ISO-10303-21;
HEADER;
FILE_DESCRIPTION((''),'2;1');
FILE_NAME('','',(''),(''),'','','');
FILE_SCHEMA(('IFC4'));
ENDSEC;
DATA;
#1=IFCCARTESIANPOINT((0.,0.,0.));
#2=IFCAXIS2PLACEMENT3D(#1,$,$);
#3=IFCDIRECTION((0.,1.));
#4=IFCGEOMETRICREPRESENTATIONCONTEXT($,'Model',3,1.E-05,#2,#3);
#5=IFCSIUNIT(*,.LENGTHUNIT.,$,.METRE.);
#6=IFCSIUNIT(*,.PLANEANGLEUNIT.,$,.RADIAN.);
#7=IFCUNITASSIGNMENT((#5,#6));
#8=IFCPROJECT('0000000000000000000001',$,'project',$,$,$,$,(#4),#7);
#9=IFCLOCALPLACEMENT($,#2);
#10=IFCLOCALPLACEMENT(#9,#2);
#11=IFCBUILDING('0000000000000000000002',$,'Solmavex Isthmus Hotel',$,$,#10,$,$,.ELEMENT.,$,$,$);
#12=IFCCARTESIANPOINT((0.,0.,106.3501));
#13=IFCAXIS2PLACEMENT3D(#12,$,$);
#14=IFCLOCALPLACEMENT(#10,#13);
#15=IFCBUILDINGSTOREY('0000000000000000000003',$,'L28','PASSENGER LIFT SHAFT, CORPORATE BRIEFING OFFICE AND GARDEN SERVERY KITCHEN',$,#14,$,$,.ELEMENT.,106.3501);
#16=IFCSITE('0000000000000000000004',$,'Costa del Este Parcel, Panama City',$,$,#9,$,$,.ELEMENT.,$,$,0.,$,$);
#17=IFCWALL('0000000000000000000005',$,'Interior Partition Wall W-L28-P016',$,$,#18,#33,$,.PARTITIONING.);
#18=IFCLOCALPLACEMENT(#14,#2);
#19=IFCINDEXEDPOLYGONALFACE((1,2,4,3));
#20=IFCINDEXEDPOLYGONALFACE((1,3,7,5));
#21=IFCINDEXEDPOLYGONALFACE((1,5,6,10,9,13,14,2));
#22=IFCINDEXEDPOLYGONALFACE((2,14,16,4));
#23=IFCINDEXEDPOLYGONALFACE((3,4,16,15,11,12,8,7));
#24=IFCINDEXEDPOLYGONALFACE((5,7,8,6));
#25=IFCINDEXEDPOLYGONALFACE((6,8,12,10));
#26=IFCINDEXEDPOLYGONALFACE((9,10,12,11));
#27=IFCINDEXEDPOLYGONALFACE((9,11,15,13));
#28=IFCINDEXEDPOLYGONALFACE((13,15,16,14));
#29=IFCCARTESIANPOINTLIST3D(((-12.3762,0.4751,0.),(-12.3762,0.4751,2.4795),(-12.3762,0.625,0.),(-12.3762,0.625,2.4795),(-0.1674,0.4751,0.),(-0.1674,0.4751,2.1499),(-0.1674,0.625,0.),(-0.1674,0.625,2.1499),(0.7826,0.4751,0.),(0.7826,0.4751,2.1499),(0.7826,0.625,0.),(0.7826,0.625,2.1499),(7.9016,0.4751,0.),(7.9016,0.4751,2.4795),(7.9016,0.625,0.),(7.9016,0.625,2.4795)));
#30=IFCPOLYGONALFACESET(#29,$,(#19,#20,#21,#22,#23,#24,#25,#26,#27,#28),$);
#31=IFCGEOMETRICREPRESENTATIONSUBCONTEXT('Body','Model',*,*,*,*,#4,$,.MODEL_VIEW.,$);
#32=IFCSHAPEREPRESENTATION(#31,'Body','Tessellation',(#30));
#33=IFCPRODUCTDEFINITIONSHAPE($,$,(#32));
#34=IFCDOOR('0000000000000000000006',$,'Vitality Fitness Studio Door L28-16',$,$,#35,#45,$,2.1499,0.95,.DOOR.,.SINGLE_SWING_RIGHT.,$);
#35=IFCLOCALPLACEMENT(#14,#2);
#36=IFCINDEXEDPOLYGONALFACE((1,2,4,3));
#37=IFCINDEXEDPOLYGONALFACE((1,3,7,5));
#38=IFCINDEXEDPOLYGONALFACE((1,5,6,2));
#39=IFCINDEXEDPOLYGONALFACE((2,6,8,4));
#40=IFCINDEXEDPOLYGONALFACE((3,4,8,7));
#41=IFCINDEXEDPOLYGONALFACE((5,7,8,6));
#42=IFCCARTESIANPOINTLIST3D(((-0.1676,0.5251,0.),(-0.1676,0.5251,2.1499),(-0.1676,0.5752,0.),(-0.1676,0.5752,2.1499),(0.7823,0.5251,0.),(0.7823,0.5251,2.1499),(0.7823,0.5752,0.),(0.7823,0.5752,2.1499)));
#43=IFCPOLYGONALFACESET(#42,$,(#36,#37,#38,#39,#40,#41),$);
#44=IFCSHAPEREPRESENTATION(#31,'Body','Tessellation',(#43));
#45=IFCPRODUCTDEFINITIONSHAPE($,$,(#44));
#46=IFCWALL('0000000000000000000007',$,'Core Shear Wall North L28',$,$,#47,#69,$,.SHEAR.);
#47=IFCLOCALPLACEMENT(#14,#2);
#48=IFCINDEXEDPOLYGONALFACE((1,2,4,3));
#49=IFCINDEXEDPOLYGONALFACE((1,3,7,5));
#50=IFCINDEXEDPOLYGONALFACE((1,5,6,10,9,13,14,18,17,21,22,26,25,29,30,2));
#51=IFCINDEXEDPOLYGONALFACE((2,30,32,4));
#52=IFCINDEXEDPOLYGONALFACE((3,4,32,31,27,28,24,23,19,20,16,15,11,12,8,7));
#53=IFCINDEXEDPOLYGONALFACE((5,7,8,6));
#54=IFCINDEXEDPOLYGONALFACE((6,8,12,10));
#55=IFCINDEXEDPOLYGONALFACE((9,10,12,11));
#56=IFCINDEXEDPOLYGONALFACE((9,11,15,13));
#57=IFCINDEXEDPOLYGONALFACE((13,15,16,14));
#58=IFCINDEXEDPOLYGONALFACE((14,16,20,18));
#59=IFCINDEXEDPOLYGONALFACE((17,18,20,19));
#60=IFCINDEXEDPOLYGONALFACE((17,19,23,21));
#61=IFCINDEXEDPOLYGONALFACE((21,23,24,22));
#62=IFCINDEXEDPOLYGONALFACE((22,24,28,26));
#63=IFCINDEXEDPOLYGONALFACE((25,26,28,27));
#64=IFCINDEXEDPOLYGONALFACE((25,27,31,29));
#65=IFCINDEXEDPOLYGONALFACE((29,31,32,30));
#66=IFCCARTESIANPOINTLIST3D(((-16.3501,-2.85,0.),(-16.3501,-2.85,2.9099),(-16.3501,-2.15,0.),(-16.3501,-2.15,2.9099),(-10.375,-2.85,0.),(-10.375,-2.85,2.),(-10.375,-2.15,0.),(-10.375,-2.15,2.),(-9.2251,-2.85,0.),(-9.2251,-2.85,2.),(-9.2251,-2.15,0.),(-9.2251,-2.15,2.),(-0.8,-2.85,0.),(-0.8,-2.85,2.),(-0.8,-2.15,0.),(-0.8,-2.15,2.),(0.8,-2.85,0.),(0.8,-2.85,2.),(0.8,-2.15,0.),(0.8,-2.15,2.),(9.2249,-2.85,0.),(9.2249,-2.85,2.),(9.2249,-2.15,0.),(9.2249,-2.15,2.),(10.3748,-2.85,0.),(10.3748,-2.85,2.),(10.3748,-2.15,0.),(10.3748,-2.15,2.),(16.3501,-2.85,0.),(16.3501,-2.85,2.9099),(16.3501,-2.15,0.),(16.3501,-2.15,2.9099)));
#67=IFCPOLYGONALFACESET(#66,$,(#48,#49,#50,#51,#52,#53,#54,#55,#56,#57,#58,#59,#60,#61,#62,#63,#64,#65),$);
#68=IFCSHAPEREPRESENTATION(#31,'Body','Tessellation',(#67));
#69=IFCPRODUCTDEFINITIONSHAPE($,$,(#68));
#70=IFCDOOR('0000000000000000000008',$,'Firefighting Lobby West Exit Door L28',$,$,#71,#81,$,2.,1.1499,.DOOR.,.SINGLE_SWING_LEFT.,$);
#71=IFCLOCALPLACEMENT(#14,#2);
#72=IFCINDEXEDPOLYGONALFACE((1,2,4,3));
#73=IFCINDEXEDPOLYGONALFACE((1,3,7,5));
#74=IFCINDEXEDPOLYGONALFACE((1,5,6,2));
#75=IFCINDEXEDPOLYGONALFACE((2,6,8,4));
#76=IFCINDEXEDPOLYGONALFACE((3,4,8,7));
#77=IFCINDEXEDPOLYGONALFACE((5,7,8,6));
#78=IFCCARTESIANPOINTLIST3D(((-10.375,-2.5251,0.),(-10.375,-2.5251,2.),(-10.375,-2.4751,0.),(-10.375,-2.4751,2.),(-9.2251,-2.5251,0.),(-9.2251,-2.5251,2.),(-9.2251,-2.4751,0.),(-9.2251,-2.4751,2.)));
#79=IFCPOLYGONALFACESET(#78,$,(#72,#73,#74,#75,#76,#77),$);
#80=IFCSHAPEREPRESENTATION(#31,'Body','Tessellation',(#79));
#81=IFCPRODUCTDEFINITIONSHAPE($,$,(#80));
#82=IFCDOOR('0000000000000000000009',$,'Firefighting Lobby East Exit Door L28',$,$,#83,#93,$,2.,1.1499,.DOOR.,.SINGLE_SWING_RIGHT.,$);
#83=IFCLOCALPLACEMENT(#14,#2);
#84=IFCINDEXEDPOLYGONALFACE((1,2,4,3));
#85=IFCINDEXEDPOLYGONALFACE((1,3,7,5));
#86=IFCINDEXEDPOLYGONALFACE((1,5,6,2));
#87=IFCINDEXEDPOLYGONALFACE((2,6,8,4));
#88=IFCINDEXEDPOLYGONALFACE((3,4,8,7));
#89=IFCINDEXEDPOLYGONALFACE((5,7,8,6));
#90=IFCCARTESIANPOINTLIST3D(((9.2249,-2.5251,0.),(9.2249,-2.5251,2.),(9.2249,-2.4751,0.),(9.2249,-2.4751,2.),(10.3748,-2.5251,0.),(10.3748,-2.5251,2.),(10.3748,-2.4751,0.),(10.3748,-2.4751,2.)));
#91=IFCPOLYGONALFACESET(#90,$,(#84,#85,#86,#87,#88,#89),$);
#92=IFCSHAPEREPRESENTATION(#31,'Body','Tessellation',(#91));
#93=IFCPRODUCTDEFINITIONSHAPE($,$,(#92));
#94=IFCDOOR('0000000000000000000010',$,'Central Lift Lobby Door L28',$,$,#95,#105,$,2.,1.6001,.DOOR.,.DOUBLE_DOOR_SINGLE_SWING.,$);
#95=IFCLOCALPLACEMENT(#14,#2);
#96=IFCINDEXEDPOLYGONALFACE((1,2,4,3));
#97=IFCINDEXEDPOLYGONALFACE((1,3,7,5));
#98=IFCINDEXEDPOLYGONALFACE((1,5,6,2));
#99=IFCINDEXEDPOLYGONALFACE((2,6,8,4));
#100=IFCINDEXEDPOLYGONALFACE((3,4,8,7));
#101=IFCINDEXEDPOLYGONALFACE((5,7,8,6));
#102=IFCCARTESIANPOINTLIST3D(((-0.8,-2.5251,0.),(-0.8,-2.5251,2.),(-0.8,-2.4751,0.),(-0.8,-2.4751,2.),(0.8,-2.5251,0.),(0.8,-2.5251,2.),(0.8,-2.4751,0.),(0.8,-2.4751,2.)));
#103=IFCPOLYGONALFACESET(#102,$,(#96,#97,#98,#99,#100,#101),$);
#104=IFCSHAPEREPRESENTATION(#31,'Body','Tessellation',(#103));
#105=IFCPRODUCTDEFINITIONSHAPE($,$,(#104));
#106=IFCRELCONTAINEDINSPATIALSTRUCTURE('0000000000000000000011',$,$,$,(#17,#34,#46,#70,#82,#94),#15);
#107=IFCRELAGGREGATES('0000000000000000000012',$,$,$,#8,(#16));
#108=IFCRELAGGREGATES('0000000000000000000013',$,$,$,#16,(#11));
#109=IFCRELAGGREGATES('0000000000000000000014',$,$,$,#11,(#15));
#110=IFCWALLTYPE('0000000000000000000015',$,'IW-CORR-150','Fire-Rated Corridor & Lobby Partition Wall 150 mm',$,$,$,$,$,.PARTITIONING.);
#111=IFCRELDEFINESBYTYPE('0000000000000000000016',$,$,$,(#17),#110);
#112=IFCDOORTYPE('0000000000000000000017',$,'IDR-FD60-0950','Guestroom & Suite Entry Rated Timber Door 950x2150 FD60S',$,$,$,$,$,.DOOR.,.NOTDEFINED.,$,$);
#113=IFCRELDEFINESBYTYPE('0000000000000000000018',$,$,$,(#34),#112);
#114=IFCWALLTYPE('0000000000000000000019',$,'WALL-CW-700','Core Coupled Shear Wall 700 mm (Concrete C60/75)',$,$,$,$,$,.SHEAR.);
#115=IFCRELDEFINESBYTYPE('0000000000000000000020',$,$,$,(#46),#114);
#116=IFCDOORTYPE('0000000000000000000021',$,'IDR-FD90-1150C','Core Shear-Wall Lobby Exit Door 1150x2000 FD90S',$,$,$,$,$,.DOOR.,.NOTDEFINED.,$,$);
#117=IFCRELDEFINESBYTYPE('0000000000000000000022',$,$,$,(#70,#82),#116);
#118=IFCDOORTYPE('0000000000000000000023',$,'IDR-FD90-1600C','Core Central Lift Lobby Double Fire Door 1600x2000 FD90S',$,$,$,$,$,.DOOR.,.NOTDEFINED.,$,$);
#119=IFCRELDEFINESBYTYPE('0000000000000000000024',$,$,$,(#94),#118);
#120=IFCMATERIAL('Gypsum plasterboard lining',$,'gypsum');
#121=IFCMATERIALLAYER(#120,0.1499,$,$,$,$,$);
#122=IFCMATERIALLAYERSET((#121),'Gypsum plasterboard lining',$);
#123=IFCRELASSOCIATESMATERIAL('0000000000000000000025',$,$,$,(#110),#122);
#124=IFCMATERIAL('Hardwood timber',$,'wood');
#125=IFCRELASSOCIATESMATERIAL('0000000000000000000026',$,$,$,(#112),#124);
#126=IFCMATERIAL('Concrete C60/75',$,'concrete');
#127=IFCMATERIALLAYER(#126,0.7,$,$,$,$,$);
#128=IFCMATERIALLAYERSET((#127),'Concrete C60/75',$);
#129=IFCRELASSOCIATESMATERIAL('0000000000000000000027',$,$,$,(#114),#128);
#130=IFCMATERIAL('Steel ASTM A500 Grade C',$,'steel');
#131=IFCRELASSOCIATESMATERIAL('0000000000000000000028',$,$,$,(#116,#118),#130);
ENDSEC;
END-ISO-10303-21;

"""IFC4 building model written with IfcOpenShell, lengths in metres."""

from ifc_helpers import new_model, si_unit, direction, frame, frame_2d, origin, place, context, subcontext, project, spatial, rectangle, extrude, material, layer, layer_set, type_object, element, fill, save


model = new_model("IFC4")

# Units and contexts
model_context = context("Model", 3, precision=1e-05, world=origin(), true_north=direction((0.0, 1.0)))
body_context = subcontext(model_context, "Body", "Model", "MODEL_VIEW")
ifc_project = project(units=[si_unit("LENGTHUNIT", "METRE"), si_unit("PLANEANGLEUNIT", "RADIAN")], contexts=[model_context])

# Site, building, storey
site_placement = place(None, origin())
site = spatial("IfcSite", under=ifc_project, at=site_placement, Name="Costa del Este Parcel, Panama City", CompositionType="ELEMENT", RefElevation=0.0)
building_placement = place(site_placement, origin())
building = spatial("IfcBuilding", under=site, at=building_placement, Name="Solmavex Isthmus Hotel", CompositionType="ELEMENT")
storey_placement = place(building_placement, frame((0.0, 0.0, 106.3501)))
storey = spatial("IfcBuildingStorey", under=building, at=storey_placement, Name="L28", Description="PASSENGER LIFT SHAFT, CORPORATE BRIEFING OFFICE AND GARDEN SERVERY KITCHEN", CompositionType="ELEMENT", Elevation=106.3501)

# Shared definitions
ifc_material_1 = material(Name="Concrete C60/75", Category="concrete")

# Shared definitions
ifc_material_2 = material(Name="Gypsum plasterboard lining", Category="gypsum")

# Wall, opening, door
ifc_layer_1 = layer(ifc_material_2, 0.1499)
ifc_layer_set_1 = layer_set([ifc_layer_1], Name="Gypsum plasterboard lining")
wall_type_1 = type_object("IfcWallType", Name="IW-CORR-150", Description="Fire-Rated Corridor & Lobby Partition Wall 150 mm", PredefinedType="PARTITIONING", material=ifc_layer_set_1)
wall_1_placement = place(storey_placement, frame((-12.3762, 0.55, 0.0), z_axis=(0.0, 0.0, 1.0), x_axis=(1.0, 0.0, 0.0)))
wall_1 = element("IfcWall", 1, at=wall_1_placement, inside=storey, type_object=wall_type_1, Name="Interior Partition Wall W-L28-P016", PredefinedType="PARTITIONING", context=body_context, shape_type="SweptSolid", body=[
    extrude(rectangle(XDim=20.2778, YDim=0.1499, at=frame_2d((10.1389, 0.0))), origin(), (0.0, 0.0, 1.0), 2.4795),
])
opening_1_placement = place(wall_1_placement, frame((12.2087, 0.0, 0.0)))
opening_1 = element("IfcOpeningElement", 2, at=opening_1_placement, cuts=wall_1, PredefinedType="OPENING", context=body_context, shape_type="SweptSolid", body=[
    extrude(rectangle(XDim=0.95, YDim=2.1499, at=frame_2d((0.4751, 1.075))), frame((0.0, 0.085, 0.0), z_axis=(0.0, -1.0, 0.0), x_axis=(1.0, 0.0, 0.0)), (0.0, 0.0, 1.0), 0.1699),
])
ifc_material_3 = material(Name="Hardwood timber", Category="wood")
door_type_1 = type_object("IfcDoorType", Name="IDR-FD60-0950", Description="Guestroom & Suite Entry Rated Timber Door 950x2150 FD60S", OperationType="NOTDEFINED", PredefinedType="DOOR", material=ifc_material_3)
door_1_placement = place(opening_1_placement, frame((0.95, 0.0, 0.0), z_axis=(0.0, 0.0, 1.0), x_axis=(-1.0, 0.0, 0.0)))
door_1 = element("IfcDoor", 3, at=door_1_placement, inside=storey, type_object=door_type_1, Name="Vitality Fitness Studio Door L28-16", OperationType="SINGLE_SWING_RIGHT", OverallHeight=2.1499, OverallWidth=0.95, PredefinedType="DOOR", context=body_context, shape_type="SweptSolid", body=[
    extrude(rectangle(XDim=0.95, YDim=2.1499, at=frame_2d((0.4751, 1.075))), frame((0.0, 0.0249, 0.0), z_axis=(0.0, -1.0, 0.0), x_axis=(1.0, 0.0, 0.0)), (0.0, 0.0, 1.0), 0.05),
])
fill(opening_1, door_1)

# Wall, openings, doors
ifc_layer_2 = layer(ifc_material_1, 0.7)
ifc_layer_set_2 = layer_set([ifc_layer_2], Name="Concrete C60/75")
wall_type_2 = type_object("IfcWallType", Name="WALL-CW-700", Description="Core Coupled Shear Wall 700 mm (Concrete C60/75)", PredefinedType="SHEAR", material=ifc_layer_set_2)
wall_2_placement = place(storey_placement, frame((-16.3501, -2.5, 0.0), z_axis=(0.0, 0.0, 1.0), x_axis=(1.0, 0.0, 0.0)))
wall_2 = element("IfcWall", 4, at=wall_2_placement, inside=storey, type_object=wall_type_2, Name="Core Shear Wall North L28", PredefinedType="SHEAR", context=body_context, shape_type="SweptSolid", body=[
    extrude(rectangle(XDim=32.7002, YDim=0.7, at=frame_2d((16.3501, 0.0))), origin(), (0.0, 0.0, 1.0), 2.9099),
])
opening_2_placement = place(wall_2_placement, frame((5.9751, 0.0, 0.0)))
opening_2 = element("IfcOpeningElement", 5, at=opening_2_placement, cuts=wall_2, PredefinedType="OPENING", context=body_context, shape_type="SweptSolid", body=[
    extrude(rectangle(XDim=1.1499, YDim=2.0, at=frame_2d((0.575, 1.0))), frame((0.0, 0.3599, 0.0), z_axis=(0.0, -1.0, 0.0), x_axis=(1.0, 0.0, 0.0)), (0.0, 0.0, 1.0), 0.72),
])
opening_3_placement = place(wall_2_placement, frame((15.55, 0.0, 0.0)))
opening_3 = element("IfcOpeningElement", 6, at=opening_3_placement, cuts=wall_2, PredefinedType="OPENING", context=body_context, shape_type="SweptSolid", body=[
    extrude(rectangle(XDim=1.6001, YDim=2.0, at=frame_2d((0.8, 1.0))), frame((0.0, 0.3599, 0.0), z_axis=(0.0, -1.0, 0.0), x_axis=(1.0, 0.0, 0.0)), (0.0, 0.0, 1.0), 0.72),
])
opening_4_placement = place(wall_2_placement, frame((25.575, 0.0, 0.0)))
opening_4 = element("IfcOpeningElement", 7, at=opening_4_placement, cuts=wall_2, PredefinedType="OPENING", context=body_context, shape_type="SweptSolid", body=[
    extrude(rectangle(XDim=1.1499, YDim=2.0, at=frame_2d((0.575, 1.0))), frame((0.0, 0.3599, 0.0), z_axis=(0.0, -1.0, 0.0), x_axis=(1.0, 0.0, 0.0)), (0.0, 0.0, 1.0), 0.72),
])
ifc_material_4 = material(Name="Steel ASTM A500 Grade C", Category="steel")
door_type_2 = type_object("IfcDoorType", Name="IDR-FD90-1150C", Description="Core Shear-Wall Lobby Exit Door 1150x2000 FD90S", OperationType="NOTDEFINED", PredefinedType="DOOR", material=ifc_material_4)
door_2_placement = place(opening_2_placement, origin())
door_2 = element("IfcDoor", 8, at=door_2_placement, inside=storey, type_object=door_type_2, Name="Firefighting Lobby West Exit Door L28", OperationType="SINGLE_SWING_LEFT", OverallHeight=2.0, OverallWidth=1.1499, PredefinedType="DOOR", context=body_context, shape_type="SweptSolid", body=[
    extrude(rectangle(XDim=1.1499, YDim=2.0, at=frame_2d((0.575, 1.0))), frame((0.0, 0.0249, 0.0), z_axis=(0.0, -1.0, 0.0), x_axis=(1.0, 0.0, 0.0)), (0.0, 0.0, 1.0), 0.05),
])
fill(opening_2, door_2)
door_3_placement = place(opening_4_placement, origin())
door_3 = element("IfcDoor", 9, at=door_3_placement, inside=storey, type_object=door_type_2, Name="Firefighting Lobby East Exit Door L28", OperationType="SINGLE_SWING_RIGHT", OverallHeight=2.0, OverallWidth=1.1499, PredefinedType="DOOR", context=body_context, shape_type="SweptSolid", body=[
    extrude(rectangle(XDim=1.1499, YDim=2.0, at=frame_2d((0.575, 1.0))), frame((0.0, 0.0249, 0.0), z_axis=(0.0, -1.0, 0.0), x_axis=(1.0, 0.0, 0.0)), (0.0, 0.0, 1.0), 0.05),
])
fill(opening_4, door_3)
door_type_3 = type_object("IfcDoorType", Name="IDR-FD90-1600C", Description="Core Central Lift Lobby Double Fire Door 1600x2000 FD90S", OperationType="NOTDEFINED", PredefinedType="DOOR", material=ifc_material_4)
door_4_placement = place(opening_3_placement, origin())
door_4 = element("IfcDoor", 10, at=door_4_placement, inside=storey, type_object=door_type_3, Name="Central Lift Lobby Door L28", OperationType="DOUBLE_DOOR_SINGLE_SWING", OverallHeight=2.0, OverallWidth=1.6001, PredefinedType="DOOR", context=body_context, shape_type="SweptSolid", body=[
    extrude(rectangle(XDim=1.6001, YDim=2.0, at=frame_2d((0.8, 1.0))), frame((0.0, 0.0249, 0.0), z_axis=(0.0, -1.0, 0.0), x_axis=(1.0, 0.0, 0.0)), (0.0, 0.0, 1.0), 0.05),
])
fill(opening_3, door_4)

save(model, "model.ifc")
